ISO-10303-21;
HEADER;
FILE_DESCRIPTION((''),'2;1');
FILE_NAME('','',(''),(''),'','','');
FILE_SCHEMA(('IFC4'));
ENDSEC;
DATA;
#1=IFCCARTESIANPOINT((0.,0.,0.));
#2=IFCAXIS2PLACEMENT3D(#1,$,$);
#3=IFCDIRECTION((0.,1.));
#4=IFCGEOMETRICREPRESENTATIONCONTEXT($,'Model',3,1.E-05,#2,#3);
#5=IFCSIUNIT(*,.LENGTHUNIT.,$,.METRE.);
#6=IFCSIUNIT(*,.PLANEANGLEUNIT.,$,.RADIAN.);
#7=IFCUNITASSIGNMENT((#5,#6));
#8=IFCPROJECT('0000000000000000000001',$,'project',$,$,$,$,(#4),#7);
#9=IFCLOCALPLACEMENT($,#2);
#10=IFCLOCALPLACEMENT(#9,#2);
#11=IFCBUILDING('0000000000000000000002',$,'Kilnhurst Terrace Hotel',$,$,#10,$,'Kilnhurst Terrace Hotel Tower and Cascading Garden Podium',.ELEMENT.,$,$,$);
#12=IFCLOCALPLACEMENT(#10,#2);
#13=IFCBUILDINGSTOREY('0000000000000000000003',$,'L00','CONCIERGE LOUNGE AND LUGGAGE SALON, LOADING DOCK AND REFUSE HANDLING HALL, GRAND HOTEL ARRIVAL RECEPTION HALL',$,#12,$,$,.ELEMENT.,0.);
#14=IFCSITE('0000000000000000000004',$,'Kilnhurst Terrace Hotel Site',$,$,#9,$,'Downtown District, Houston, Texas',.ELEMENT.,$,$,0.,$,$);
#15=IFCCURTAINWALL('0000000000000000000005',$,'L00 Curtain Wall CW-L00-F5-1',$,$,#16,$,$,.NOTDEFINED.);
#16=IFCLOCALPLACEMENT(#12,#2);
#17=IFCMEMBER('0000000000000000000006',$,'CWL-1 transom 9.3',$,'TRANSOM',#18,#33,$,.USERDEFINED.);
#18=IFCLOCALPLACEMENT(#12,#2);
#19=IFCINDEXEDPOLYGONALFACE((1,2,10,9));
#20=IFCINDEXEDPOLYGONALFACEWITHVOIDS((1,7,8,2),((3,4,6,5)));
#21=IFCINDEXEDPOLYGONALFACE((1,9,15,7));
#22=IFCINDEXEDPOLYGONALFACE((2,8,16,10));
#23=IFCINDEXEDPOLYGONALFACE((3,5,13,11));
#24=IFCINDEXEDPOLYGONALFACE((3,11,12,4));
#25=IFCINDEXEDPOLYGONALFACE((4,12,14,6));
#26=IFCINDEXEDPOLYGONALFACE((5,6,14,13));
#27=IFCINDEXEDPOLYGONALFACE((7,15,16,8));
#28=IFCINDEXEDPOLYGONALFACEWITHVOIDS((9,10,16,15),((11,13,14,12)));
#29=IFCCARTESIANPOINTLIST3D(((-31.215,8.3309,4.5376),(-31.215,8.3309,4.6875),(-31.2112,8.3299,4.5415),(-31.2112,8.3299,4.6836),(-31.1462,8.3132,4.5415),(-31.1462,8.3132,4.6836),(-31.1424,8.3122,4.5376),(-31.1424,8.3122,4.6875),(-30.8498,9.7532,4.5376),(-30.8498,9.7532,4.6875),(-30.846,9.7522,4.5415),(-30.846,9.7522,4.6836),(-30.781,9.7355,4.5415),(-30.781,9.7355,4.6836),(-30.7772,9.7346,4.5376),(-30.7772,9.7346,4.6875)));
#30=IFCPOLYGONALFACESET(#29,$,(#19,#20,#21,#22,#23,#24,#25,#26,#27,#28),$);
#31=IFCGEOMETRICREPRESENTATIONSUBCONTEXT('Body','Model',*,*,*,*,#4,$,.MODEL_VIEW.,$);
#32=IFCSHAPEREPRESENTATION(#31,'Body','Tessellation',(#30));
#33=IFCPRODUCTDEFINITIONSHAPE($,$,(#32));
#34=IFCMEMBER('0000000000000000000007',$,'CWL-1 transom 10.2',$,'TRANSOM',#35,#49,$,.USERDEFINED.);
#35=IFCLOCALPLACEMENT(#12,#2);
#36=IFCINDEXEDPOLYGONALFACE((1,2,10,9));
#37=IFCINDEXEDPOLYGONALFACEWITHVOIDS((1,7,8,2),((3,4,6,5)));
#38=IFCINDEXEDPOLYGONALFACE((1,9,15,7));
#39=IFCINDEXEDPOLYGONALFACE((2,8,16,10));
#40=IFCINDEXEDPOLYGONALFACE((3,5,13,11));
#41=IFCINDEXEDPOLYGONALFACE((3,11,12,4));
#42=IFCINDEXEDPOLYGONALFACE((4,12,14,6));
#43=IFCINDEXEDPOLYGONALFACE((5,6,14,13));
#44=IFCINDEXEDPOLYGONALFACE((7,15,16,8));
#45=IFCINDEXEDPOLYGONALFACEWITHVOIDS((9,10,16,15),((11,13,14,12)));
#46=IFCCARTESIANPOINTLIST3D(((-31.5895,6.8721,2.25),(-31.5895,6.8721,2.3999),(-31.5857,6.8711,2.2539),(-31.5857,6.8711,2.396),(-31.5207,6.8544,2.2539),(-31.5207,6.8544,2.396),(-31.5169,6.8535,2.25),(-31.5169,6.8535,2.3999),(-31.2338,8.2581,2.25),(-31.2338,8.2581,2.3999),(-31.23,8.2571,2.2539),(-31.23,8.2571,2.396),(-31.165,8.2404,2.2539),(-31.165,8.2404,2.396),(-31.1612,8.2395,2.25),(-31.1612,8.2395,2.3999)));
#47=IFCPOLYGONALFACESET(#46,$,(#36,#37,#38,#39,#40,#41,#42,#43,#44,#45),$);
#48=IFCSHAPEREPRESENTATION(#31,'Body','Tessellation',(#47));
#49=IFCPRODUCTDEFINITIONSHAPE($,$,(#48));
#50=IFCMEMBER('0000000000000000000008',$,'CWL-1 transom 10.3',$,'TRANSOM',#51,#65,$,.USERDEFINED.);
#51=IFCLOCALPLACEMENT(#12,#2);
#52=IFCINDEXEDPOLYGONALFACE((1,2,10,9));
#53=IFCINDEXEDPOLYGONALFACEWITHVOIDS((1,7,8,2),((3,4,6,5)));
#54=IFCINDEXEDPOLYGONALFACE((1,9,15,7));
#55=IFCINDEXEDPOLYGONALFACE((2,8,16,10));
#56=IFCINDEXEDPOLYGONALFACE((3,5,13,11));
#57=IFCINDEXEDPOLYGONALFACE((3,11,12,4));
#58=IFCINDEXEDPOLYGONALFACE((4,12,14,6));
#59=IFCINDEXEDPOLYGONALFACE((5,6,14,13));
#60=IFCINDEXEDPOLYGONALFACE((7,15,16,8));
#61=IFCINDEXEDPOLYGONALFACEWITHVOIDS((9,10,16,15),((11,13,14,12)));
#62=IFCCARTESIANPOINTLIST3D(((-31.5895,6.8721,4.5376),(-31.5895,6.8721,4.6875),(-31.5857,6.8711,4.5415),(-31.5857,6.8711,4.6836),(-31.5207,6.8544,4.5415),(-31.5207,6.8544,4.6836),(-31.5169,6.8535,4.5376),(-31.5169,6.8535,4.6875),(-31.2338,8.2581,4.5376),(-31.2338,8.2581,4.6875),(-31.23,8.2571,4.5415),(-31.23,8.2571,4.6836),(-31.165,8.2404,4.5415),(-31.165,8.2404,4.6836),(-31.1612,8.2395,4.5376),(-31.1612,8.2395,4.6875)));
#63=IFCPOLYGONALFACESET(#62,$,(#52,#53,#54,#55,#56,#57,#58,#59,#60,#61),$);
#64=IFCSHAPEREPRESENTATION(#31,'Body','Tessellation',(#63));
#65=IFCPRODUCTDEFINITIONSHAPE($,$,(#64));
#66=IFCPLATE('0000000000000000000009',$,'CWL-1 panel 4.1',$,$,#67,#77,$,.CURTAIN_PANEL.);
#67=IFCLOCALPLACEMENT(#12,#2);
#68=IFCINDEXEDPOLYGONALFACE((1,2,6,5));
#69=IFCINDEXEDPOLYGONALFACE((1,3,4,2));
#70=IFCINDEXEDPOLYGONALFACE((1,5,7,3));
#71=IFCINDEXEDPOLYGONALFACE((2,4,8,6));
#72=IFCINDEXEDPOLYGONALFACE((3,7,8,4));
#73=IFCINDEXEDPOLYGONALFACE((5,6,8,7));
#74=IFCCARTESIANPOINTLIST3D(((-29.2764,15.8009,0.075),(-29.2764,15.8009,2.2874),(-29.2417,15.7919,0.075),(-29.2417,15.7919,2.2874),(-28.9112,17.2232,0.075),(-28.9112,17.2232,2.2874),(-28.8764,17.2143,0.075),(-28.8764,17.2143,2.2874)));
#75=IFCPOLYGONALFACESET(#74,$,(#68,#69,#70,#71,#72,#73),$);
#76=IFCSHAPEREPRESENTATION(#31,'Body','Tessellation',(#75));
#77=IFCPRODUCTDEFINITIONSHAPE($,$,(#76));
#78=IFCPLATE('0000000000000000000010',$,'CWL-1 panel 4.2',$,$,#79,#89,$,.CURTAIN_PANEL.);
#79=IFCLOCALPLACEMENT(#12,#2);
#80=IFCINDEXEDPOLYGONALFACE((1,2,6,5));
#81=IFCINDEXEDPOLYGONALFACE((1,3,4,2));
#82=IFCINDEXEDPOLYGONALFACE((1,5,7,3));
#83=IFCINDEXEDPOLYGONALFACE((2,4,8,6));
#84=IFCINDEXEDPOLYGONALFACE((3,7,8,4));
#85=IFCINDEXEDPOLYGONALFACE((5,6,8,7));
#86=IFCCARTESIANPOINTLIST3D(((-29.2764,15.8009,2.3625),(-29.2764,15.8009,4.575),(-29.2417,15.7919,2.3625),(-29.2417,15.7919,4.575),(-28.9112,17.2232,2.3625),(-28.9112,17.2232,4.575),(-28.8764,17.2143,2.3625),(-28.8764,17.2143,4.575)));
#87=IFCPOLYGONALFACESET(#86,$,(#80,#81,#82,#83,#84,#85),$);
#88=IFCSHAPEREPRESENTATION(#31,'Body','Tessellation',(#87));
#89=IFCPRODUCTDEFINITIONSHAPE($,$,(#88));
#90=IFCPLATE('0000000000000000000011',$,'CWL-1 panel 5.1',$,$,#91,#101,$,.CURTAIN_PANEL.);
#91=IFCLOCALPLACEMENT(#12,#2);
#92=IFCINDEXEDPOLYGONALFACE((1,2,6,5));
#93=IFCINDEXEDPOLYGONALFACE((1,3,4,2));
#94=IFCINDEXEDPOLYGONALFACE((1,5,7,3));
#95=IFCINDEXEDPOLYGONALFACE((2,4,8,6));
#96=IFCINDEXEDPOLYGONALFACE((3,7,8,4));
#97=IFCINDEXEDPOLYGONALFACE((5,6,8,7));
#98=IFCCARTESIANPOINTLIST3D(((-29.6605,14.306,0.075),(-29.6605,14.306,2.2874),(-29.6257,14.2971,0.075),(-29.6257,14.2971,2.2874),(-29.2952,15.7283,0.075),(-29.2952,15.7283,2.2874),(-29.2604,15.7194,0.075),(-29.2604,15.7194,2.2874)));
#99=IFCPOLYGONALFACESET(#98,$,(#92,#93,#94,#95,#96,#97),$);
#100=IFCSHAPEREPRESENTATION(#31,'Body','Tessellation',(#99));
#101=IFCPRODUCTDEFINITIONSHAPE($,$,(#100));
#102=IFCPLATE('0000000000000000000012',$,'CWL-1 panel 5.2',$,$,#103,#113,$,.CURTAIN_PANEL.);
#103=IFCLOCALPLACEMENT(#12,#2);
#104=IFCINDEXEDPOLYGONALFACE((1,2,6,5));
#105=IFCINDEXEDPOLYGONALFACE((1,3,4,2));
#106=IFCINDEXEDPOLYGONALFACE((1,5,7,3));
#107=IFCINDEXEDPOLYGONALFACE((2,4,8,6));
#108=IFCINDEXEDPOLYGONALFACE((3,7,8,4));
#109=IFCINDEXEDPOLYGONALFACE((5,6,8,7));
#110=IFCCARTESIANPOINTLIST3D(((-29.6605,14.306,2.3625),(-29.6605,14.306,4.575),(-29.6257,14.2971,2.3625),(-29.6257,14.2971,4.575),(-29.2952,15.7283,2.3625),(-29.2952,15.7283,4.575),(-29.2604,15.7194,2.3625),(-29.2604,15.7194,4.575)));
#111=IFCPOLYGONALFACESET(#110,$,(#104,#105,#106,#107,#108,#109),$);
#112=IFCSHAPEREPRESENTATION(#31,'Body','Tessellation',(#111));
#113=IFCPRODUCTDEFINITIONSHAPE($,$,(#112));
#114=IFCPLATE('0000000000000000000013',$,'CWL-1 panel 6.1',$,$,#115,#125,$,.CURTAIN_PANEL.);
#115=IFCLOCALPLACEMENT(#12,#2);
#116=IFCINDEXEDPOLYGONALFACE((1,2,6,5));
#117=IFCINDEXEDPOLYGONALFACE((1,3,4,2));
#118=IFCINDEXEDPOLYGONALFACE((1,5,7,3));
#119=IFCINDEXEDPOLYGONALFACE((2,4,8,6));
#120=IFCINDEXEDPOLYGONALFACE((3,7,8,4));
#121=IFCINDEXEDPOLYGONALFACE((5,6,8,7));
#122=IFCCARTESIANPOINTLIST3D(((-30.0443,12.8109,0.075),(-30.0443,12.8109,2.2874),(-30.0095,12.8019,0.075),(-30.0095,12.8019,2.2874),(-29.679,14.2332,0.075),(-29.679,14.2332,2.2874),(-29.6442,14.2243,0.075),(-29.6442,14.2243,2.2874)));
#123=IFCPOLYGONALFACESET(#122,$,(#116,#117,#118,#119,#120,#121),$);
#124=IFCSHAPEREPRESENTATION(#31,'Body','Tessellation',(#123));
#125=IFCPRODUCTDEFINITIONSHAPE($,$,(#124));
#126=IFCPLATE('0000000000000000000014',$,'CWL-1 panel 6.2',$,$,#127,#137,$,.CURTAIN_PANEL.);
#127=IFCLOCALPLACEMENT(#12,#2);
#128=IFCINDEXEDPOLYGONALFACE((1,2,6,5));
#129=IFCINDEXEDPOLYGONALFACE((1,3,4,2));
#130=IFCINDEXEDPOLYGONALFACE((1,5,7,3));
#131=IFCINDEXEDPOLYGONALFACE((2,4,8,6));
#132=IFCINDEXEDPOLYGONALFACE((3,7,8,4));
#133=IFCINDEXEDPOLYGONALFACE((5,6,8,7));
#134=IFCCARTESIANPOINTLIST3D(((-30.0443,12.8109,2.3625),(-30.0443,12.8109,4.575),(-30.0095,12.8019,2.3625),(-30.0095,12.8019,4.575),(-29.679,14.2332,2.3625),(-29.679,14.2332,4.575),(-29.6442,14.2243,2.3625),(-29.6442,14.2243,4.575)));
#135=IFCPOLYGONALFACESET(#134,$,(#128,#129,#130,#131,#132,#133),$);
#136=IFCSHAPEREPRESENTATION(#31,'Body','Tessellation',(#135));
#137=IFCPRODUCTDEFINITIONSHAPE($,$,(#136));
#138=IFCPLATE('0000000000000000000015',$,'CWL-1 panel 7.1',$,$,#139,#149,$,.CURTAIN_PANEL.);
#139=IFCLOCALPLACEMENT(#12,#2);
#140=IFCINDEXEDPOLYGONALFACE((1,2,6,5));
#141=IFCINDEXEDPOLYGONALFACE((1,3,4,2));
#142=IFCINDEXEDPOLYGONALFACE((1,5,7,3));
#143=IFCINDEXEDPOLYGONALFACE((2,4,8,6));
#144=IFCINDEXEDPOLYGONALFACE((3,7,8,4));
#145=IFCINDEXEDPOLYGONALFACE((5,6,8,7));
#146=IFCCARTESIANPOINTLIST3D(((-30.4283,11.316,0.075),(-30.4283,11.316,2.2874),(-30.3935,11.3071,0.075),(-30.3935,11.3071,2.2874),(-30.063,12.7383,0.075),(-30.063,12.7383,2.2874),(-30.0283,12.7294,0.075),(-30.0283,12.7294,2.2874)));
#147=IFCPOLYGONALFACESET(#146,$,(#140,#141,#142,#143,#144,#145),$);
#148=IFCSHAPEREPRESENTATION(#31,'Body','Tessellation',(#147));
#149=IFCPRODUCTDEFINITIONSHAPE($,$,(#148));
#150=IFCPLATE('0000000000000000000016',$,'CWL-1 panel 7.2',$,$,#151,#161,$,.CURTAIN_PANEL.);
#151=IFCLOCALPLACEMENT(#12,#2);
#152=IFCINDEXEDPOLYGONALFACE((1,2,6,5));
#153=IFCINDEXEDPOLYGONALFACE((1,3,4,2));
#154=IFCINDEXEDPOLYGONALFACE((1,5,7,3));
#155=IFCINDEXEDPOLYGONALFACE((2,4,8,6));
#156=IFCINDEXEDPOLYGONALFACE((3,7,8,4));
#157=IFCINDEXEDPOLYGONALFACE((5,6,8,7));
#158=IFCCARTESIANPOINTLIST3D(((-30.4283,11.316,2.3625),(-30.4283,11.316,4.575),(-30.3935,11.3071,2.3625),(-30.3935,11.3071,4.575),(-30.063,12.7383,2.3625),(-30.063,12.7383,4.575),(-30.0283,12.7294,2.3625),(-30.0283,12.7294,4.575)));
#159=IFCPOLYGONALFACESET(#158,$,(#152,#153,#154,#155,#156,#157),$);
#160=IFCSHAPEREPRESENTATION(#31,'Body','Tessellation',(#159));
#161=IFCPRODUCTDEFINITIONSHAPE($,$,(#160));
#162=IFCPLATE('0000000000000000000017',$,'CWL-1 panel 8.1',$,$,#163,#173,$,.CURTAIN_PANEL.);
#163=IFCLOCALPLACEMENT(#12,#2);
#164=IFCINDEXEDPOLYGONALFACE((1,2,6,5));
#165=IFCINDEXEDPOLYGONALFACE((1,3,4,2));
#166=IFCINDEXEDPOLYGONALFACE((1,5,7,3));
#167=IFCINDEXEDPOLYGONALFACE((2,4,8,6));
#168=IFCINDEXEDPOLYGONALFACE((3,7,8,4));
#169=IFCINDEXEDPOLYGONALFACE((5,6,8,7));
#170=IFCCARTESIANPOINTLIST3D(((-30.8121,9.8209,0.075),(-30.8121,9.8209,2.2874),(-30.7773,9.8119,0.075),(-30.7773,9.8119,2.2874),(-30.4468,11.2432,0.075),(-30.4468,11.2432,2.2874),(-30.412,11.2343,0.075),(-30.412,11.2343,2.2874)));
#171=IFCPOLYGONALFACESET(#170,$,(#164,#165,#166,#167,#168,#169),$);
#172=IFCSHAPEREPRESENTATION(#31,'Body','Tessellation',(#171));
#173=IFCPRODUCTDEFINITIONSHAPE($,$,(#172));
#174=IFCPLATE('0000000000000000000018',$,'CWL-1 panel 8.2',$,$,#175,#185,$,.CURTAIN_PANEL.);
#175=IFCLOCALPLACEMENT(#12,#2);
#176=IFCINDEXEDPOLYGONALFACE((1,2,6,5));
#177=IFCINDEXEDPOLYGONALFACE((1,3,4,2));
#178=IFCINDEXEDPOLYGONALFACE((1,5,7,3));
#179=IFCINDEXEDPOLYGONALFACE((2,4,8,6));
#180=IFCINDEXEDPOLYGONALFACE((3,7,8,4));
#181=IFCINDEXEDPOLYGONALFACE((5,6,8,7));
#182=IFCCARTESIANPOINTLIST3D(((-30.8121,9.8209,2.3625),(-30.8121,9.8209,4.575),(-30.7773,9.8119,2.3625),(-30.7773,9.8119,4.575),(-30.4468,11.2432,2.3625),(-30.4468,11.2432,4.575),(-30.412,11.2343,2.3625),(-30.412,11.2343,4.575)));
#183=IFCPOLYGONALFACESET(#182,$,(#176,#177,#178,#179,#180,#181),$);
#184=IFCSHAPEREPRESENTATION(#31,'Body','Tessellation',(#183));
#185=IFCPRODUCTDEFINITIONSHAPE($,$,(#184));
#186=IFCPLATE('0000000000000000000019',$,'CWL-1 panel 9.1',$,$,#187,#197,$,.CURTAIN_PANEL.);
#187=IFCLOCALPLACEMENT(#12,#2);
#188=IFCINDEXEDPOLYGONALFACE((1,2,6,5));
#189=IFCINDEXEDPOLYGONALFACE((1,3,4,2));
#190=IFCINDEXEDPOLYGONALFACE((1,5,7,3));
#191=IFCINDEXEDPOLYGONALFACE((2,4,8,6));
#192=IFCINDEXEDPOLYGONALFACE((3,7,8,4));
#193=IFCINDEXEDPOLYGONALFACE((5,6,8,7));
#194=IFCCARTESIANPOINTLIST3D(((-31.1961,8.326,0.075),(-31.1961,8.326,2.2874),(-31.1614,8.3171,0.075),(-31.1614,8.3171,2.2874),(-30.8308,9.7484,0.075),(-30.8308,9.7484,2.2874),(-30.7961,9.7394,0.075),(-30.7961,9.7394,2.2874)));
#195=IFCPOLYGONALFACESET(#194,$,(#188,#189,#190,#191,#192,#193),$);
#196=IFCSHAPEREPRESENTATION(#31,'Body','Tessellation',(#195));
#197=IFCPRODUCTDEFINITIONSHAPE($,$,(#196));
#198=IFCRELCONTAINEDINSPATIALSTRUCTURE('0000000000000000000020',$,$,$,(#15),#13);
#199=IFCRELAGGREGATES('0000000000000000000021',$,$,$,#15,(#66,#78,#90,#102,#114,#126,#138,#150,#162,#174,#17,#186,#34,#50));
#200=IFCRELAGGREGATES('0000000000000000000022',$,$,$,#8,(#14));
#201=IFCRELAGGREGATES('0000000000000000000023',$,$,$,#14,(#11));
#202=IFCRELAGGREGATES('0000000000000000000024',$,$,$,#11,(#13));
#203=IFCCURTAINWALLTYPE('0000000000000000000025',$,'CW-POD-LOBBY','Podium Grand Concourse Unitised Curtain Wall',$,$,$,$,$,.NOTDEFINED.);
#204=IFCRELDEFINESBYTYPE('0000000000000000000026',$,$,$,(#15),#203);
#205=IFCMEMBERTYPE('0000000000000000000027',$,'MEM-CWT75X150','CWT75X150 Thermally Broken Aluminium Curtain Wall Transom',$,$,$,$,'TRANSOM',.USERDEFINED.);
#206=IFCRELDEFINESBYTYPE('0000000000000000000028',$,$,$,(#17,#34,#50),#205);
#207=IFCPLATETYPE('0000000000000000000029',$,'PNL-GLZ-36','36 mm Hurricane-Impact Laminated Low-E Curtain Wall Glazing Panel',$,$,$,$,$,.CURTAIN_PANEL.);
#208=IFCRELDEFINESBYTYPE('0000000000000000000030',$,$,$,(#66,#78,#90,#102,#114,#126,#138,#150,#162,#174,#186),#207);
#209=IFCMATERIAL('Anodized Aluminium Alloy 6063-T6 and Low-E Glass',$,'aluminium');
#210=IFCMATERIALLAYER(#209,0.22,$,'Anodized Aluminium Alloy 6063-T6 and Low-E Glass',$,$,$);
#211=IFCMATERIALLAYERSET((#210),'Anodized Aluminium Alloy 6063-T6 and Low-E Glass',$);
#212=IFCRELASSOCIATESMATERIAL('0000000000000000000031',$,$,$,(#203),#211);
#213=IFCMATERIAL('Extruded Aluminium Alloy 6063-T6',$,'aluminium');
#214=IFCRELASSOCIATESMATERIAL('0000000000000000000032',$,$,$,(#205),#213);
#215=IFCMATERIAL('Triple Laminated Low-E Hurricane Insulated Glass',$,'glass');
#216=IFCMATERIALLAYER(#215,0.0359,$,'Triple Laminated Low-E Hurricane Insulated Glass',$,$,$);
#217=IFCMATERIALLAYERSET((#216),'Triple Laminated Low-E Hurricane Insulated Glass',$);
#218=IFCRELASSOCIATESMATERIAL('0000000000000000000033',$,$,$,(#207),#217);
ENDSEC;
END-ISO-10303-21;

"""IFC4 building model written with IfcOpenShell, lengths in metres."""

from ifc_helpers import new_model, si_unit, direction, frame, origin, origin_2d, place, context, subcontext, project, spatial, rectangle, hollow_rectangle, extrude, material, layer, layer_set, material_profile, profile_set, type_object, element, aggregate, save


model = new_model("IFC4")

# Units and contexts
model_context = context("Model", 3, precision=1e-05, world=origin(), true_north=direction((0.0, 1.0)))
body_context = subcontext(model_context, "Body", "Model", "MODEL_VIEW")
ifc_project = project(units=[si_unit("LENGTHUNIT", "METRE"), si_unit("PLANEANGLEUNIT", "RADIAN")], contexts=[model_context])

# Site, building, storey
site_placement = place(None, origin())
site = spatial("IfcSite", under=ifc_project, at=site_placement, Name="Kilnhurst Terrace Hotel Site", LongName="Downtown District, Houston, Texas", CompositionType="ELEMENT", RefElevation=0.0)
building_placement = place(site_placement, origin())
building = spatial("IfcBuilding", under=site, at=building_placement, Name="Kilnhurst Terrace Hotel", LongName="Kilnhurst Terrace Hotel Tower and Cascading Garden Podium", CompositionType="ELEMENT")
storey_placement = place(building_placement, origin())
storey = spatial("IfcBuildingStorey", under=building, at=storey_placement, Name="L00", Description="CONCIERGE LOUNGE AND LUGGAGE SALON, LOADING DOCK AND REFUSE HANDLING HALL, GRAND HOTEL ARRIVAL RECEPTION HALL", CompositionType="ELEMENT", Elevation=0.0)

# Curtain wall, members, plates
ifc_material_1 = material(Name="Anodized Aluminium Alloy 6063-T6 and Low-E Glass", Category="aluminium")
ifc_layer_1 = layer(ifc_material_1, 0.22, Name="Anodized Aluminium Alloy 6063-T6 and Low-E Glass")
ifc_layer_set_1 = layer_set([ifc_layer_1], Name="Anodized Aluminium Alloy 6063-T6 and Low-E Glass")
curtain_wall_type = type_object("IfcCurtainWallType", Name="CW-POD-LOBBY", Description="Podium Grand Concourse Unitised Curtain Wall", PredefinedType="NOTDEFINED", material=ifc_layer_set_1)
curtain_wall_placement = place(storey_placement, origin())
curtain_wall = element("IfcCurtainWall", 1, at=curtain_wall_placement, inside=storey, type_object=curtain_wall_type, Name="L00 Curtain Wall CW-L00-F5-1", PredefinedType="NOTDEFINED")
ifc_material_2 = material(Name="Extruded Aluminium Alloy 6063-T6", Category="aluminium")
ifc_material_profile_1 = material_profile(ifc_material_2, hollow_rectangle(XDim=0.075, YDim=0.1499, WallThickness=0.0039, at=origin_2d()), Name="CWT75X150")
ifc_profile_set_1 = profile_set([ifc_material_profile_1], Name="Extruded Aluminium Alloy 6063-T6")
member_type_1 = type_object("IfcMemberType", Name="MEM-CWT75X150", Description="CWT75X150 Thermally Broken Aluminium Curtain Wall Transom", ElementType="TRANSOM", PredefinedType="USERDEFINED", material=ifc_profile_set_1)
member_1_placement = place(storey_placement, frame((-30.8135, 9.7439, 4.6125), z_axis=(-0.248711, -0.968578, 0.0), x_axis=(0.968578, -0.248711, 0.0)))
member_1 = element("IfcMember", 2, at=member_1_placement, type_object=member_type_1, Name="CWL-1 transom 9.3", ObjectType="TRANSOM", PredefinedType="USERDEFINED", context=body_context, shape_type="SweptSolid", body=[
    extrude(hollow_rectangle(XDim=0.075, YDim=0.1499, WallThickness=0.0039, at=origin_2d()), origin(), (0.0, 0.0, 1.0), 1.4685),
])
member_2_placement = place(storey_placement, frame((-31.1975, 8.2488, 2.325), z_axis=(-0.248593, -0.968608, 0.0), x_axis=(0.968608, -0.248593, 0.0)))
member_2 = element("IfcMember", 3, at=member_2_placement, type_object=member_type_1, Name="CWL-1 transom 10.2", ObjectType="TRANSOM", PredefinedType="USERDEFINED", context=body_context, shape_type="SweptSolid", body=[
    extrude(hollow_rectangle(XDim=0.075, YDim=0.1499, WallThickness=0.0039, at=origin_2d()), origin(), (0.0, 0.0, 1.0), 1.4309),
])
member_3_placement = place(storey_placement, frame((-31.1975, 8.2488, 4.6125), z_axis=(-0.248593, -0.968608, 0.0), x_axis=(0.968608, -0.248593, 0.0)))
member_3 = element("IfcMember", 4, at=member_3_placement, type_object=member_type_1, Name="CWL-1 transom 10.3", ObjectType="TRANSOM", PredefinedType="USERDEFINED", context=body_context, shape_type="SweptSolid", body=[
    extrude(hollow_rectangle(XDim=0.075, YDim=0.1499, WallThickness=0.0039, at=origin_2d()), origin(), (0.0, 0.0, 1.0), 1.4309),
])
ifc_material_3 = material(Name="Triple Laminated Low-E Hurricane Insulated Glass", Category="glass")
ifc_layer_2 = layer(ifc_material_3, 0.0359, Name="Triple Laminated Low-E Hurricane Insulated Glass")
ifc_layer_set_2 = layer_set([ifc_layer_2], Name="Triple Laminated Low-E Hurricane Insulated Glass")
plate_type = type_object("IfcPlateType", Name="PNL-GLZ-36", Description="36 mm Hurricane-Impact Laminated Low-E Curtain Wall Glazing Panel", PredefinedType="CURTAIN_PANEL", material=ifc_layer_set_2)
plate_1_placement = place(storey_placement, frame((-29.0764, 16.5076, 0.075), z_axis=(0.0, 0.0, 1.0), x_axis=(-0.24874, -0.96857, 0.0)))
plate_1 = element("IfcPlate", 5, at=plate_1_placement, type_object=plate_type, Name="CWL-1 panel 4.1", PredefinedType="CURTAIN_PANEL", context=body_context, shape_type="SweptSolid", body=[
    extrude(rectangle(XDim=1.4685, YDim=0.0359, at=origin_2d()), origin(), (0.0, 0.0, 1.0), 2.2124),
])
plate_2_placement = place(storey_placement, frame((-29.0764, 16.5076, 2.3625), z_axis=(0.0, 0.0, 1.0), x_axis=(-0.24874, -0.96857, 0.0)))
plate_2 = element("IfcPlate", 6, at=plate_2_placement, type_object=plate_type, Name="CWL-1 panel 4.2", PredefinedType="CURTAIN_PANEL", context=body_context, shape_type="SweptSolid", body=[
    extrude(rectangle(XDim=1.4685, YDim=0.0359, at=origin_2d()), origin(), (0.0, 0.0, 1.0), 2.2124),
])
plate_3_placement = place(storey_placement, frame((-29.4604, 15.0127, 0.075), z_axis=(0.0, 0.0, 1.0), x_axis=(-0.24874, -0.96857, 0.0)))
plate_3 = element("IfcPlate", 7, at=plate_3_placement, type_object=plate_type, Name="CWL-1 panel 5.1", PredefinedType="CURTAIN_PANEL", context=body_context, shape_type="SweptSolid", body=[
    extrude(rectangle(XDim=1.4685, YDim=0.0359, at=origin_2d()), origin(), (0.0, 0.0, 1.0), 2.2124),
])
plate_4_placement = place(storey_placement, frame((-29.4604, 15.0127, 2.3625), z_axis=(0.0, 0.0, 1.0), x_axis=(-0.24874, -0.96857, 0.0)))
plate_4 = element("IfcPlate", 8, at=plate_4_placement, type_object=plate_type, Name="CWL-1 panel 5.2", PredefinedType="CURTAIN_PANEL", context=body_context, shape_type="SweptSolid", body=[
    extrude(rectangle(XDim=1.4685, YDim=0.0359, at=origin_2d()), origin(), (0.0, 0.0, 1.0), 2.2124),
])
plate_5_placement = place(storey_placement, frame((-29.8442, 13.5176, 0.075), z_axis=(0.0, 0.0, 1.0), x_axis=(-0.24874, -0.96857, 0.0)))
plate_5 = element("IfcPlate", 9, at=plate_5_placement, type_object=plate_type, Name="CWL-1 panel 6.1", PredefinedType="CURTAIN_PANEL", context=body_context, shape_type="SweptSolid", body=[
    extrude(rectangle(XDim=1.4685, YDim=0.0359, at=origin_2d()), origin(), (0.0, 0.0, 1.0), 2.2124),
])
plate_6_placement = place(storey_placement, frame((-29.8442, 13.5176, 2.3625), z_axis=(0.0, 0.0, 1.0), x_axis=(-0.24874, -0.96857, 0.0)))
plate_6 = element("IfcPlate", 10, at=plate_6_placement, type_object=plate_type, Name="CWL-1 panel 6.2", PredefinedType="CURTAIN_PANEL", context=body_context, shape_type="SweptSolid", body=[
    extrude(rectangle(XDim=1.4685, YDim=0.0359, at=origin_2d()), origin(), (0.0, 0.0, 1.0), 2.2124),
])
plate_7_placement = place(storey_placement, frame((-30.2283, 12.0227, 0.075), z_axis=(0.0, 0.0, 1.0), x_axis=(-0.24874, -0.96857, 0.0)))
plate_7 = element("IfcPlate", 11, at=plate_7_placement, type_object=plate_type, Name="CWL-1 panel 7.1", PredefinedType="CURTAIN_PANEL", context=body_context, shape_type="SweptSolid", body=[
    extrude(rectangle(XDim=1.4685, YDim=0.0359, at=origin_2d()), origin(), (0.0, 0.0, 1.0), 2.2124),
])
plate_8_placement = place(storey_placement, frame((-30.2283, 12.0227, 2.3625), z_axis=(0.0, 0.0, 1.0), x_axis=(-0.24874, -0.96857, 0.0)))
plate_8 = element("IfcPlate", 12, at=plate_8_placement, type_object=plate_type, Name="CWL-1 panel 7.2", PredefinedType="CURTAIN_PANEL", context=body_context, shape_type="SweptSolid", body=[
    extrude(rectangle(XDim=1.4685, YDim=0.0359, at=origin_2d()), origin(), (0.0, 0.0, 1.0), 2.2124),
])
plate_9_placement = place(storey_placement, frame((-30.6121, 10.5276, 0.075), z_axis=(0.0, 0.0, 1.0), x_axis=(-0.24874, -0.96857, 0.0)))
plate_9 = element("IfcPlate", 13, at=plate_9_placement, type_object=plate_type, Name="CWL-1 panel 8.1", PredefinedType="CURTAIN_PANEL", context=body_context, shape_type="SweptSolid", body=[
    extrude(rectangle(XDim=1.4685, YDim=0.0359, at=origin_2d()), origin(), (0.0, 0.0, 1.0), 2.2124),
])
plate_10_placement = place(storey_placement, frame((-30.6121, 10.5276, 2.3625), z_axis=(0.0, 0.0, 1.0), x_axis=(-0.24874, -0.96857, 0.0)))
plate_10 = element("IfcPlate", 14, at=plate_10_placement, type_object=plate_type, Name="CWL-1 panel 8.2", PredefinedType="CURTAIN_PANEL", context=body_context, shape_type="SweptSolid", body=[
    extrude(rectangle(XDim=1.4685, YDim=0.0359, at=origin_2d()), origin(), (0.0, 0.0, 1.0), 2.2124),
])
plate_11_placement = place(storey_placement, frame((-30.9961, 9.0327, 0.075), z_axis=(0.0, 0.0, 1.0), x_axis=(-0.24874, -0.96857, 0.0)))
plate_11 = element("IfcPlate", 15, at=plate_11_placement, type_object=plate_type, Name="CWL-1 panel 9.1", PredefinedType="CURTAIN_PANEL", context=body_context, shape_type="SweptSolid", body=[
    extrude(rectangle(XDim=1.4685, YDim=0.0359, at=origin_2d()), origin(), (0.0, 0.0, 1.0), 2.2124),
])
aggregate(curtain_wall, [plate_1, plate_2, plate_3, plate_4, plate_5, plate_6, plate_7, plate_8, plate_9, plate_10, member_1, plate_11, member_2, member_3])

save(model, "model.ifc")
